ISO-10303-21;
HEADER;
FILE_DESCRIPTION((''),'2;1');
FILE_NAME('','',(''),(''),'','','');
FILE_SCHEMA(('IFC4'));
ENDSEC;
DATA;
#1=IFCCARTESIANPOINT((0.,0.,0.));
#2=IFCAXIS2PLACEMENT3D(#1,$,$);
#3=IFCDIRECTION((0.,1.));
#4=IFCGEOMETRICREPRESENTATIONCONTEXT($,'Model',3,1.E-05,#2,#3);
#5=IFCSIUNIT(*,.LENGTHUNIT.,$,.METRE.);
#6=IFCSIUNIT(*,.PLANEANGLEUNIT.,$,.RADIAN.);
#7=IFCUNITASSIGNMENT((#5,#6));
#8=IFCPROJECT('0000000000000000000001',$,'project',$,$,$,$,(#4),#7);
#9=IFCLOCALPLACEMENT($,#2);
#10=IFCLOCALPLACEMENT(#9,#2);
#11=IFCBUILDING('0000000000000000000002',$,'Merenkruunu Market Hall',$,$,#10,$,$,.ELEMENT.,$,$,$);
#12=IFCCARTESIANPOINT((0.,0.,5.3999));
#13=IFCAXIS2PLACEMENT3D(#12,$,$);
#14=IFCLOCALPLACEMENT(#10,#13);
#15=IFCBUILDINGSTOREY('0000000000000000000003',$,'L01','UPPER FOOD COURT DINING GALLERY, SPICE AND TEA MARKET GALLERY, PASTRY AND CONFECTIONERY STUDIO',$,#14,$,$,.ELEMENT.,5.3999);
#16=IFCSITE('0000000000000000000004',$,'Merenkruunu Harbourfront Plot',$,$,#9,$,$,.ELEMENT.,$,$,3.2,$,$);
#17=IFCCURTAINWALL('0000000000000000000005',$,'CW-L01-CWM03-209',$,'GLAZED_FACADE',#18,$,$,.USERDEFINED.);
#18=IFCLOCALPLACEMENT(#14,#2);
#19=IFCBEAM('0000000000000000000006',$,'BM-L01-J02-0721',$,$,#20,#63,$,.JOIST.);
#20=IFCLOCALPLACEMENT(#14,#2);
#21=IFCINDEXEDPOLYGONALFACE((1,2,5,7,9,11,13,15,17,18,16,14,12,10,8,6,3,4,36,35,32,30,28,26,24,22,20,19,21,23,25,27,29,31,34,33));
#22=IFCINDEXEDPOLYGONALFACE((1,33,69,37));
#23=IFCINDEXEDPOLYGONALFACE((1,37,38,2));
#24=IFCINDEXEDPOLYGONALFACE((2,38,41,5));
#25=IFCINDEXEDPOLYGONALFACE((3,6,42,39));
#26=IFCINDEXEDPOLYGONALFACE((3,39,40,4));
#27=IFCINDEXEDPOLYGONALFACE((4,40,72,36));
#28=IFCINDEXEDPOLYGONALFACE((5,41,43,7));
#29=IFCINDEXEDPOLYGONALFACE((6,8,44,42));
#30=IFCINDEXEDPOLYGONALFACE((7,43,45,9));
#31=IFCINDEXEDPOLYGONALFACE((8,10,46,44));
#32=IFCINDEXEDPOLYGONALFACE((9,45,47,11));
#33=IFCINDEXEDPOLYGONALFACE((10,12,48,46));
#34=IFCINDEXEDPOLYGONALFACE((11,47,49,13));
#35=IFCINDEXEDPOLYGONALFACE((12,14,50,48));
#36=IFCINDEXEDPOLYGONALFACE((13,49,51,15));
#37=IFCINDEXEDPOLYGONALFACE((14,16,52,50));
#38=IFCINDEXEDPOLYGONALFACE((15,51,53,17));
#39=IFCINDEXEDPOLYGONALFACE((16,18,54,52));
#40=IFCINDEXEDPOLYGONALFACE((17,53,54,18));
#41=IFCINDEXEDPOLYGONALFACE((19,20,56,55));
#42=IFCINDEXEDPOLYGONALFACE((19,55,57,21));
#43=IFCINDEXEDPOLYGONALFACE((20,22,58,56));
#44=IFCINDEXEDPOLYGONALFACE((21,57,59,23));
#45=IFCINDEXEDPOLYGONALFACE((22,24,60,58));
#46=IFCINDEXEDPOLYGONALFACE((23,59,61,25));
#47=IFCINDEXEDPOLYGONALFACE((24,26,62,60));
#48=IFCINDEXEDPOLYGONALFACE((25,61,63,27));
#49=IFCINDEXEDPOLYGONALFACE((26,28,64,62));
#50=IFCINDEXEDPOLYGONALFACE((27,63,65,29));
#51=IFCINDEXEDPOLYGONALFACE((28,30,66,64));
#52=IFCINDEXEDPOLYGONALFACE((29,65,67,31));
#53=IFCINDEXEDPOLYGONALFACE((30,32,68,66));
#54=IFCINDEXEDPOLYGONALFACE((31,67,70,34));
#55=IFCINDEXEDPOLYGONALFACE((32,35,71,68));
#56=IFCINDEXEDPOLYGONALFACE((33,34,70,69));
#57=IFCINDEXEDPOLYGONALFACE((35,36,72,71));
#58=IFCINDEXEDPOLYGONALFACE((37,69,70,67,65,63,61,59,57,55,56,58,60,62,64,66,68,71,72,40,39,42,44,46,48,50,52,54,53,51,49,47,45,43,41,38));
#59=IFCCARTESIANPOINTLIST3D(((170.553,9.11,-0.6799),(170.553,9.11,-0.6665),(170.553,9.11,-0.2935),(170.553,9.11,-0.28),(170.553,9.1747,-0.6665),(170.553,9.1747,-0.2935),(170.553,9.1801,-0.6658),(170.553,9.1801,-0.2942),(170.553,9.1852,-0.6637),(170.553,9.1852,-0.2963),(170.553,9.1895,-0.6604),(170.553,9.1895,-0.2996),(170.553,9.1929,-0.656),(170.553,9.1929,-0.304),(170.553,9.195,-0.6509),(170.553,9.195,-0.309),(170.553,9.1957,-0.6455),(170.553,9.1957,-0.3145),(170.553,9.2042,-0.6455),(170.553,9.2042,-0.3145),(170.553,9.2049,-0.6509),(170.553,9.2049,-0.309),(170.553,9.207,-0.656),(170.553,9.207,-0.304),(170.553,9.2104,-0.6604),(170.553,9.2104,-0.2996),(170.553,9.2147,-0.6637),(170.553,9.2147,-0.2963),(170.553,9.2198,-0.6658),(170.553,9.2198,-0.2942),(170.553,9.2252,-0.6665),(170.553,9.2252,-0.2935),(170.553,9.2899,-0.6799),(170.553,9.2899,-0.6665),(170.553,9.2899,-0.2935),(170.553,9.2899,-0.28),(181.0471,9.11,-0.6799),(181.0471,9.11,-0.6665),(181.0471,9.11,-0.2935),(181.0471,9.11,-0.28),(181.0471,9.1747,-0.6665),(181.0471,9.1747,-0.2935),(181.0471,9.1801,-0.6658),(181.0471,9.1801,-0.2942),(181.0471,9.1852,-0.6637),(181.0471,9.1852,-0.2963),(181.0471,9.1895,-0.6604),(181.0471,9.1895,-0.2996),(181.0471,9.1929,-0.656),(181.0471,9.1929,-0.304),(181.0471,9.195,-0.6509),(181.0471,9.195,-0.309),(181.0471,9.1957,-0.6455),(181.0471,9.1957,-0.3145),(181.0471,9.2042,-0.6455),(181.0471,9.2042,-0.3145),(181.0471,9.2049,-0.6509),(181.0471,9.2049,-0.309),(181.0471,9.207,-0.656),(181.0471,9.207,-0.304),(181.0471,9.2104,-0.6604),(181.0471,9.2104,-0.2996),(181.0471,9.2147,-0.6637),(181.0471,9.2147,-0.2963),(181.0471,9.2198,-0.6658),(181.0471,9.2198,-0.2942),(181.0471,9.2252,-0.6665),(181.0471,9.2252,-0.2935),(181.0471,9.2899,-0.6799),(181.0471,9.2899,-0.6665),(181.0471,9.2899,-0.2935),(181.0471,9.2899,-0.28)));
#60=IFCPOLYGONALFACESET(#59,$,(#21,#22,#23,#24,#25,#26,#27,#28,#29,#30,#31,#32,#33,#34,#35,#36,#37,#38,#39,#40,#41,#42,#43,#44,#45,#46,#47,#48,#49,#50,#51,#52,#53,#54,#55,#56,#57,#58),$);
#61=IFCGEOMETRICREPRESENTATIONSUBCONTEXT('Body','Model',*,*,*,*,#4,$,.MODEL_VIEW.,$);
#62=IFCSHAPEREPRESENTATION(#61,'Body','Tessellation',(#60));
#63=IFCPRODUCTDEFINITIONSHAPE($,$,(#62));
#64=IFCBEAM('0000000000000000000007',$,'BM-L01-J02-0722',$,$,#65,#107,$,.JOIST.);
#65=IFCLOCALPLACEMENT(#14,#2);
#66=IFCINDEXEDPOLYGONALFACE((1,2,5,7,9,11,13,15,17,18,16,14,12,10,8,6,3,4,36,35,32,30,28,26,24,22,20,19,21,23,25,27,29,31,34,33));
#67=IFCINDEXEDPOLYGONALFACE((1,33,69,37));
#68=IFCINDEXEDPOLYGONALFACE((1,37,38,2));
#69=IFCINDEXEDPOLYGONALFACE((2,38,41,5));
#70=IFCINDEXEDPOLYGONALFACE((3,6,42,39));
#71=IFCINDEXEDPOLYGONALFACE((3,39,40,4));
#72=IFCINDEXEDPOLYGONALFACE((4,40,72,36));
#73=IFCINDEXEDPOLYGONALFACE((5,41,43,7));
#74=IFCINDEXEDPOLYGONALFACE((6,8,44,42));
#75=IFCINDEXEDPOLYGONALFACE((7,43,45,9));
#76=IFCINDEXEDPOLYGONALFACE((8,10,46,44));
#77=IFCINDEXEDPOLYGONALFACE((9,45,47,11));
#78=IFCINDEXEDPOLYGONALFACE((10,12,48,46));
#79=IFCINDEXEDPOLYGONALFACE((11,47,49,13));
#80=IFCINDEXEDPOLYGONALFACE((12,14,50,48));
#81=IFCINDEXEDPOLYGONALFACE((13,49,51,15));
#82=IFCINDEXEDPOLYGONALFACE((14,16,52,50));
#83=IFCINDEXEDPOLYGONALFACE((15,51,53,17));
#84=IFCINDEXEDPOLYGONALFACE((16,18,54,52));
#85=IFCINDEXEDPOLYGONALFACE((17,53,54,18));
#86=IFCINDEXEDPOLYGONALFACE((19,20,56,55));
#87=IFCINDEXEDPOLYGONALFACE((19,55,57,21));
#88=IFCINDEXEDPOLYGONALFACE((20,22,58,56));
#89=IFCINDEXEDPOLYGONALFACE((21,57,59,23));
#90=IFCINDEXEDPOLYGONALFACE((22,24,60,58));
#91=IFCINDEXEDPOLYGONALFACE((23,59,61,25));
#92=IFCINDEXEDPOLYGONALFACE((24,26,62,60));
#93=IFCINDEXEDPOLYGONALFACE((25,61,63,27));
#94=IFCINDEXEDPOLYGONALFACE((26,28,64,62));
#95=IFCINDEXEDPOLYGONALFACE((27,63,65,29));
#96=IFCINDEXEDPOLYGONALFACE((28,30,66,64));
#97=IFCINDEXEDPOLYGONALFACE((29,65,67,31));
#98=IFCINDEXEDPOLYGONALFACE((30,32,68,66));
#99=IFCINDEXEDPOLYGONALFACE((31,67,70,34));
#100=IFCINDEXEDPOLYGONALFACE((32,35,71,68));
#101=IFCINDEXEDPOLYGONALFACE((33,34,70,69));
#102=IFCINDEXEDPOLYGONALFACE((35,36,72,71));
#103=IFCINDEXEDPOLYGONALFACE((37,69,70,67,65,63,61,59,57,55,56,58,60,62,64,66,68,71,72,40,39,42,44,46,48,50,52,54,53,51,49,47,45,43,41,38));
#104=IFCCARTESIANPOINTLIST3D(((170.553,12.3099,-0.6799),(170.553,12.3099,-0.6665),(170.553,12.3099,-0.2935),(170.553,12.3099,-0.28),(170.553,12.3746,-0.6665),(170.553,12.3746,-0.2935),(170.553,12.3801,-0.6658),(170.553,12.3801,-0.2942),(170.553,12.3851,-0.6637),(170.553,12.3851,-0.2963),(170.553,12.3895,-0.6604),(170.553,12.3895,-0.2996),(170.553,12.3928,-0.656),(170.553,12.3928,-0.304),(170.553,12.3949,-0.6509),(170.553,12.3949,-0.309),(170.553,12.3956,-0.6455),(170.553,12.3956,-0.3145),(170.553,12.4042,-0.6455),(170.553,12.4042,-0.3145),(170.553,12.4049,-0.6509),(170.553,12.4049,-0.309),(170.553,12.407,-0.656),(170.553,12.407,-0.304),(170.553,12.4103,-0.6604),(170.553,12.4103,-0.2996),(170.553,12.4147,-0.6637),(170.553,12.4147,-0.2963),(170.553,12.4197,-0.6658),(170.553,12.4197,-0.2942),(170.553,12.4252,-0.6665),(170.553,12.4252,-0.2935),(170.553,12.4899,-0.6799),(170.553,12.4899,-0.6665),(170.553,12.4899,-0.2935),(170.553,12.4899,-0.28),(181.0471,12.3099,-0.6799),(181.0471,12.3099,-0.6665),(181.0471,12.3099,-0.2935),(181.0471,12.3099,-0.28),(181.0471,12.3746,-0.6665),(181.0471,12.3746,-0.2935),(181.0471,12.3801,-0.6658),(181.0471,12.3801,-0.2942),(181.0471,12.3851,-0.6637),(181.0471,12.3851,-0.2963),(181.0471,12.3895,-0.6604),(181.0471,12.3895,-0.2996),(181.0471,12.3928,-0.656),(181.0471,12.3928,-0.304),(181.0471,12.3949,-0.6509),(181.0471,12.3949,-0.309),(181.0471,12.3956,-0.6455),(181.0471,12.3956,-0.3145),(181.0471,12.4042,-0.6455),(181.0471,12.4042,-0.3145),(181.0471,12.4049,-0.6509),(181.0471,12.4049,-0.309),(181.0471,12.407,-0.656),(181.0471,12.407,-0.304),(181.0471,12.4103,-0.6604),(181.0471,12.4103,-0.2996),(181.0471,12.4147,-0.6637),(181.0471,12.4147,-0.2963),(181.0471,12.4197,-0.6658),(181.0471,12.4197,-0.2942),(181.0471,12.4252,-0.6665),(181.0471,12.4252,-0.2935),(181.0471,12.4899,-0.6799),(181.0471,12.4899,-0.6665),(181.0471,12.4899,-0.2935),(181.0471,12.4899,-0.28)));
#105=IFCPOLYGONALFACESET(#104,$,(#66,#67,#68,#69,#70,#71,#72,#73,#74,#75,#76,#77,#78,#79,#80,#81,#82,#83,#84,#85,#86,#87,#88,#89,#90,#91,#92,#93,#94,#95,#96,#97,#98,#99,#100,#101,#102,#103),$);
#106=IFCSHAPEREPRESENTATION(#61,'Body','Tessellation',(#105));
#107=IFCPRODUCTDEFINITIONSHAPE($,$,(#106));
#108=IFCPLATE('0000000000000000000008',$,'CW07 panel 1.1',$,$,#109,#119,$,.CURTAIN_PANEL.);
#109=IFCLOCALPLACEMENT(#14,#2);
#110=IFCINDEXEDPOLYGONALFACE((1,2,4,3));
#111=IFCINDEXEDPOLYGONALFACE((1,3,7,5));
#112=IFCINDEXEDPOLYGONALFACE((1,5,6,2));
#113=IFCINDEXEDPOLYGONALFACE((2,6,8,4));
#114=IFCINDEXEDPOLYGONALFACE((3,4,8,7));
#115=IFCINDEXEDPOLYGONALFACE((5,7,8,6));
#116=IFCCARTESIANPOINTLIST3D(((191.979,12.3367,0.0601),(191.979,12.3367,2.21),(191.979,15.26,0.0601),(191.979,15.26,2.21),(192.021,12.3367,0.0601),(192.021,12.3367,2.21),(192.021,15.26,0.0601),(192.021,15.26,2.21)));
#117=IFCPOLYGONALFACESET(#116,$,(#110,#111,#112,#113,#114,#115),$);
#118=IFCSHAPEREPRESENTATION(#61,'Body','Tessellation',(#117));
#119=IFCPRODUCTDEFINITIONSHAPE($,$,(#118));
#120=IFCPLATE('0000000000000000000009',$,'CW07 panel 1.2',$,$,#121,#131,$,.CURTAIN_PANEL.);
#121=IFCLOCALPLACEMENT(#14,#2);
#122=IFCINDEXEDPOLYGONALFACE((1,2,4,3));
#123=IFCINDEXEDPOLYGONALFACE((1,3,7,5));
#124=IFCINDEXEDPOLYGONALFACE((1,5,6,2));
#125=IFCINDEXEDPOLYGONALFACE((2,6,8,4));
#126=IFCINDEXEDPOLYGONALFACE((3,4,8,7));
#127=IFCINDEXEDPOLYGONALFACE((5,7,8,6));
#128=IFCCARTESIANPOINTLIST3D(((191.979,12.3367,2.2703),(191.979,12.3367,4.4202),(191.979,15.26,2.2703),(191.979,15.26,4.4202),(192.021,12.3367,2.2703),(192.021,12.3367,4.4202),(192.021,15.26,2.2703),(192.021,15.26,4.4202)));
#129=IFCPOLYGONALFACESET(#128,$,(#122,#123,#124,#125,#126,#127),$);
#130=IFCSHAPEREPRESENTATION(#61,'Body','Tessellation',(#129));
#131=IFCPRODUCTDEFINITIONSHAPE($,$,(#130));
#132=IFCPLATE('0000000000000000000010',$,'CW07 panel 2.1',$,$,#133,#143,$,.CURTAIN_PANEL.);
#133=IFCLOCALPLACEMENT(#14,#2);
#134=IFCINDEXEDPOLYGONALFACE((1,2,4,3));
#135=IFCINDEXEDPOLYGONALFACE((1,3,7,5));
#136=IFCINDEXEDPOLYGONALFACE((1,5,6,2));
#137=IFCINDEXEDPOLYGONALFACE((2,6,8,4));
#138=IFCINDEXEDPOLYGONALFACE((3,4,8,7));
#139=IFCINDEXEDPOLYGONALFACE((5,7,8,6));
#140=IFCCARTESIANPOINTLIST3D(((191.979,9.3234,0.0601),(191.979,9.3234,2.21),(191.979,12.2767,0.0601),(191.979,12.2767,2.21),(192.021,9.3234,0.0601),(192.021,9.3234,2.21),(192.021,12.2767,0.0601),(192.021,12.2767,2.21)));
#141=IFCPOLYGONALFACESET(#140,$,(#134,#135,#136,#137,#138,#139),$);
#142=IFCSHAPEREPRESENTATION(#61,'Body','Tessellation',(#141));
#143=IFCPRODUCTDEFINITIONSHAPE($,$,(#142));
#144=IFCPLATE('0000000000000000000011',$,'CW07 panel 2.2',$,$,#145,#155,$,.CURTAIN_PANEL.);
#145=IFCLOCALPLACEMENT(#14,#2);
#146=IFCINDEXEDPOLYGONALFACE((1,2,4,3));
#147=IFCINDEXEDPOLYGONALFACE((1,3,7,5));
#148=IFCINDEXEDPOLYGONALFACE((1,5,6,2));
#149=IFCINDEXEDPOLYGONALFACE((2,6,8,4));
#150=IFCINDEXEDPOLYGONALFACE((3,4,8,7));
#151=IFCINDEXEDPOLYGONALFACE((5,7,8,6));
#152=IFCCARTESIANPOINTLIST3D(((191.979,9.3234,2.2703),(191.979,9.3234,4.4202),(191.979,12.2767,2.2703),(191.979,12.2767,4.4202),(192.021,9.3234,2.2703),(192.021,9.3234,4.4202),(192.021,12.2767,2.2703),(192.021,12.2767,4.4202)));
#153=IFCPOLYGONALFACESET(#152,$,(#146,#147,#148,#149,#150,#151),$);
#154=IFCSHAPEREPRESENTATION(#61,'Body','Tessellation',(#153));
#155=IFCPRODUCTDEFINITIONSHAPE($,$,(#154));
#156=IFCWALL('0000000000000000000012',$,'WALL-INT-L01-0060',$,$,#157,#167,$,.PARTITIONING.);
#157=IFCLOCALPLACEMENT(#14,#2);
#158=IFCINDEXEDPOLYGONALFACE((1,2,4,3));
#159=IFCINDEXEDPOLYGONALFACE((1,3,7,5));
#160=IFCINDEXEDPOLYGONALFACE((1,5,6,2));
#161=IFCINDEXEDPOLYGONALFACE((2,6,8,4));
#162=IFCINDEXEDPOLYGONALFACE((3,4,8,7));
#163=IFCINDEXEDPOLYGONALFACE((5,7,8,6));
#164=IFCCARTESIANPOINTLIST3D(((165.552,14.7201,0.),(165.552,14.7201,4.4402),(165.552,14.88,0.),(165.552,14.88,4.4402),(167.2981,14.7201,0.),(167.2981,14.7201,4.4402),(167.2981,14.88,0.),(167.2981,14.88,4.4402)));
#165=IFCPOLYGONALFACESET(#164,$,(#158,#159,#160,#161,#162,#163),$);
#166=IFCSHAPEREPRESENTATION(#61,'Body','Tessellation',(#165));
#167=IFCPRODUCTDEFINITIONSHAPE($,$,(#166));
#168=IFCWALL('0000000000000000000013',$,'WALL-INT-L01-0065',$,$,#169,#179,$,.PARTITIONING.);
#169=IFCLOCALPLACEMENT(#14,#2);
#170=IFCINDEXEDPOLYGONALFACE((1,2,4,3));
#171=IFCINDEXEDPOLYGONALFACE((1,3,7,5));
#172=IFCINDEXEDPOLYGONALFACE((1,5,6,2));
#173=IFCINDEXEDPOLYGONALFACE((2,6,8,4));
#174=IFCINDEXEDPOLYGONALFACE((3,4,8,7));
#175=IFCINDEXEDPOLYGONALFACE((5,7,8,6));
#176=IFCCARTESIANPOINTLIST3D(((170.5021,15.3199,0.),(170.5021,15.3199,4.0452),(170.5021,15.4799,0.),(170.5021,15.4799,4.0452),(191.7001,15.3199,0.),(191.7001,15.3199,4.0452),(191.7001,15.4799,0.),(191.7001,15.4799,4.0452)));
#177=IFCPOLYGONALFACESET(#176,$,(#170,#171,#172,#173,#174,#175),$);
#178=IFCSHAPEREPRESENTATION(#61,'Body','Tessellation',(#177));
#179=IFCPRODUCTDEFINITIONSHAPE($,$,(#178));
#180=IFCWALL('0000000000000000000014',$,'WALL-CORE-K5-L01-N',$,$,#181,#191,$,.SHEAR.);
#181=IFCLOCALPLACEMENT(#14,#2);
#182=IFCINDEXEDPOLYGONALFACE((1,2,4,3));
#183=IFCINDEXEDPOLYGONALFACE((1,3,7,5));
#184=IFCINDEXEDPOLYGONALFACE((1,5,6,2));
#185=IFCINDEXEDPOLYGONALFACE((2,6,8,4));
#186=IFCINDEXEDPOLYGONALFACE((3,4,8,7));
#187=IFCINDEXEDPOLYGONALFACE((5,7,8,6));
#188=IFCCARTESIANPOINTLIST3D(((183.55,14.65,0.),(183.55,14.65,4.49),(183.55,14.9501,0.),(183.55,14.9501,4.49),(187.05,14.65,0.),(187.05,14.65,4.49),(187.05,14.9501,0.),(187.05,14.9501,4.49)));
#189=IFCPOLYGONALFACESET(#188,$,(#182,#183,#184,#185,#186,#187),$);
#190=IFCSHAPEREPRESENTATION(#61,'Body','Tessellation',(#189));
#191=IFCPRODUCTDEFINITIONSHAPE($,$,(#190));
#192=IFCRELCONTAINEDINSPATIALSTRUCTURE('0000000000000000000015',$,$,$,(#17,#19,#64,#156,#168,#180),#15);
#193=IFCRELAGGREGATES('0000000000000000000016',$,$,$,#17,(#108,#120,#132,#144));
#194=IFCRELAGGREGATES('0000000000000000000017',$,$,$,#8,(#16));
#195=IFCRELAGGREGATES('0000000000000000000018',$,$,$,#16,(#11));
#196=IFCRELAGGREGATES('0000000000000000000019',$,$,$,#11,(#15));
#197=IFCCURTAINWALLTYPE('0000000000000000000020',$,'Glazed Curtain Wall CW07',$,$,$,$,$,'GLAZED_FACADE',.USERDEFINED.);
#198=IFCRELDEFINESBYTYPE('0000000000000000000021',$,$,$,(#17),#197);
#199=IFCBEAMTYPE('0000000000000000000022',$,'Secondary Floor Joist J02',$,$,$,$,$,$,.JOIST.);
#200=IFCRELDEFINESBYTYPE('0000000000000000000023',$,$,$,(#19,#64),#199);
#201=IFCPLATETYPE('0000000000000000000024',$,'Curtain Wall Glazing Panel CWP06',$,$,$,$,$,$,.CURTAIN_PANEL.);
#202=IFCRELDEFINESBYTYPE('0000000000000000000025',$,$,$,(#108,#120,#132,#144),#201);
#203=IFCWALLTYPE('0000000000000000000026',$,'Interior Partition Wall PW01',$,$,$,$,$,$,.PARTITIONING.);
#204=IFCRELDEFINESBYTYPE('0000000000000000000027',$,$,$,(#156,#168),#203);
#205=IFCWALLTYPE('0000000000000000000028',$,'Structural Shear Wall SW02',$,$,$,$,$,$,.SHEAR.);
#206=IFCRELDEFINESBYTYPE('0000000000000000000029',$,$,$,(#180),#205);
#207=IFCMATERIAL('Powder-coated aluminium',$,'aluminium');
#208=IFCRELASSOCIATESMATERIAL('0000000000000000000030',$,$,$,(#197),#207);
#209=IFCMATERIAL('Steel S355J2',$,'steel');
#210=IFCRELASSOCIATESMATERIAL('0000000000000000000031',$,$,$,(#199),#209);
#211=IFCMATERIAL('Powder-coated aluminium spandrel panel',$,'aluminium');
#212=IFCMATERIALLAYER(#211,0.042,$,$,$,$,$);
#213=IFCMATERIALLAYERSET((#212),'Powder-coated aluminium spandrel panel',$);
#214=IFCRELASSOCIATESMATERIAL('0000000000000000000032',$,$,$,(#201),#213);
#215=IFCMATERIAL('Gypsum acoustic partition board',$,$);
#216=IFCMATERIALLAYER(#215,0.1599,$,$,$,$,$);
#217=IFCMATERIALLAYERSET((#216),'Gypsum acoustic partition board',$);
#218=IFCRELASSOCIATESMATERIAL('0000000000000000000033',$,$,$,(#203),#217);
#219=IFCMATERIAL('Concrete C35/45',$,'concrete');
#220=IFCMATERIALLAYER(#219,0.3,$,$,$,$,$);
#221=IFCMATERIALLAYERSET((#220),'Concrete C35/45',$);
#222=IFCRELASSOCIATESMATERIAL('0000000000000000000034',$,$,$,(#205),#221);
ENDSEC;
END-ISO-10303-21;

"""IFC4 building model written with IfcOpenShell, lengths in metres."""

from ifc_helpers import new_model, si_unit, direction, frame, frame_2d, origin, origin_2d, place, context, subcontext, project, spatial, rectangle, i_section, extrude, material, layer, layer_set, material_profile, profile_set, type_object, element, aggregate, save


model = new_model("IFC4")

# Units and contexts
model_context = context("Model", 3, precision=1e-05, world=origin(), true_north=direction((0.0, 1.0)))
body_context = subcontext(model_context, "Body", "Model", "MODEL_VIEW")
ifc_project = project(units=[si_unit("LENGTHUNIT", "METRE"), si_unit("PLANEANGLEUNIT", "RADIAN")], contexts=[model_context])

# Site, building, storey
site_placement = place(None, origin())
site = spatial("IfcSite", under=ifc_project, at=site_placement, Name="Merenkruunu Harbourfront Plot", CompositionType="ELEMENT", RefElevation=3.2)
building_placement = place(site_placement, origin())
building = spatial("IfcBuilding", under=site, at=building_placement, Name="Merenkruunu Market Hall", CompositionType="ELEMENT")
storey_placement = place(building_placement, frame((0.0, 0.0, 5.3999)))
storey = spatial("IfcBuildingStorey", under=building, at=storey_placement, Name="L01", Description="UPPER FOOD COURT DINING GALLERY, SPICE AND TEA MARKET GALLERY, PASTRY AND CONFECTIONERY STUDIO", CompositionType="ELEMENT", Elevation=5.3999)

# Shared definitions
ifc_material_1 = material(Name="Steel S355J2", Category="steel")

# Curtain wall
ifc_material_2 = material(Name="Powder-coated aluminium", Category="aluminium")
curtain_wall_type = type_object("IfcCurtainWallType", Name="Glazed Curtain Wall CW07", ElementType="GLAZED_FACADE", PredefinedType="USERDEFINED", material=ifc_material_2)
curtain_wall_placement = place(storey_placement, origin())
curtain_wall = element("IfcCurtainWall", 1, at=curtain_wall_placement, inside=storey, type_object=curtain_wall_type, Name="CW-L01-CWM03-209", ObjectType="GLAZED_FACADE", PredefinedType="USERDEFINED")

# Beams
ifc_material_profile_1 = material_profile(ifc_material_1, i_section(OverallWidth=0.1799, OverallDepth=0.3999, WebThickness=0.0085, FlangeThickness=0.0134, FilletRadius=0.021, at=origin_2d()), Name="IPE 400")
ifc_profile_set_1 = profile_set([ifc_material_profile_1], Name="Steel S355J2")
beam_type_1 = type_object("IfcBeamType", Name="Secondary Floor Joist J02", PredefinedType="JOIST", material=ifc_profile_set_1)
for number, where, z_axis, x_axis, name in (
    (2, (170.553, 9.2, -0.48), (1.0, 0.0, 0.0), (0.0, 1.0, 0.0), "BM-L01-J02-0721"),
    (3, (170.553, 12.3999, -0.48), (1.0, 0.0, 0.0), (0.0, 1.0, 0.0), "BM-L01-J02-0722"),
):
    element("IfcBeam", number, at=place(storey_placement, frame(where, z_axis=z_axis, x_axis=x_axis)), inside=storey, type_object=beam_type_1, Name=name, PredefinedType="JOIST", context=body_context, shape_type="SweptSolid", body=[
        extrude(i_section(OverallWidth=0.1799, OverallDepth=0.3999, WebThickness=0.0085, FlangeThickness=0.0134, FilletRadius=0.021, at=origin_2d()), origin(), (0.0, 0.0, 1.0), 10.4941),
    ])

# Plates
ifc_material_3 = material(Name="Powder-coated aluminium spandrel panel", Category="aluminium")
ifc_layer_1 = layer(ifc_material_3, 0.042)
ifc_layer_set_1 = layer_set([ifc_layer_1], Name="Powder-coated aluminium spandrel panel")
plate_type = type_object("IfcPlateType", Name="Curtain Wall Glazing Panel CWP06", PredefinedType="CURTAIN_PANEL", material=ifc_layer_set_1)
plate_1_placement = place(storey_placement, frame((192.0, 13.7983, 0.0601), z_axis=(0.0, 0.0, 1.0), x_axis=(0.0, -1.0, 0.0)))
plate_1 = element("IfcPlate", 4, at=plate_1_placement, type_object=plate_type, Name="CW07 panel 1.1", PredefinedType="CURTAIN_PANEL", context=body_context, shape_type="SweptSolid", body=[
    extrude(rectangle(XDim=2.9233, YDim=0.042, at=origin_2d()), origin(), (0.0, 0.0, 1.0), 2.1499),
])
plate_2_placement = place(storey_placement, frame((192.0, 13.7983, 2.2703), z_axis=(0.0, 0.0, 1.0), x_axis=(0.0, -1.0, 0.0)))
plate_2 = element("IfcPlate", 5, at=plate_2_placement, type_object=plate_type, Name="CW07 panel 1.2", PredefinedType="CURTAIN_PANEL", context=body_context, shape_type="SweptSolid", body=[
    extrude(rectangle(XDim=2.9233, YDim=0.042, at=origin_2d()), origin(), (0.0, 0.0, 1.0), 2.1499),
])
plate_3_placement = place(storey_placement, frame((192.0, 10.8, 0.0601), z_axis=(0.0, 0.0, 1.0), x_axis=(0.0, -1.0, 0.0)))
plate_3 = element("IfcPlate", 6, at=plate_3_placement, type_object=plate_type, Name="CW07 panel 2.1", PredefinedType="CURTAIN_PANEL", context=body_context, shape_type="SweptSolid", body=[
    extrude(rectangle(XDim=2.9534, YDim=0.042, at=origin_2d()), origin(), (0.0, 0.0, 1.0), 2.1499),
])
plate_4_placement = place(storey_placement, frame((192.0, 10.8, 2.2703), z_axis=(0.0, 0.0, 1.0), x_axis=(0.0, -1.0, 0.0)))
plate_4 = element("IfcPlate", 7, at=plate_4_placement, type_object=plate_type, Name="CW07 panel 2.2", PredefinedType="CURTAIN_PANEL", context=body_context, shape_type="SweptSolid", body=[
    extrude(rectangle(XDim=2.9534, YDim=0.042, at=origin_2d()), origin(), (0.0, 0.0, 1.0), 2.1499),
])
aggregate(curtain_wall, [plate_1, plate_2, plate_3, plate_4])

# Walls
ifc_material_4 = material(Name="Gypsum acoustic partition board")
ifc_layer_2 = layer(ifc_material_4, 0.1599)
ifc_layer_set_2 = layer_set([ifc_layer_2], Name="Gypsum acoustic partition board")
wall_type_1 = type_object("IfcWallType", Name="Interior Partition Wall PW01", PredefinedType="PARTITIONING", material=ifc_layer_set_2)
wall_1_placement = place(storey_placement, frame((165.552, 14.8, 0.0), z_axis=(0.0, 0.0, 1.0), x_axis=(1.0, 0.0, 0.0)))
element("IfcWall", 8, at=wall_1_placement, inside=storey, type_object=wall_type_1, Name="WALL-INT-L01-0060", PredefinedType="PARTITIONING", context=body_context, shape_type="SweptSolid", body=[
    extrude(rectangle(XDim=1.7461, YDim=0.1599, at=frame_2d((0.873, 0.0))), origin(), (0.0, 0.0, 1.0), 4.4402),
])
wall_2_placement = place(storey_placement, frame((170.502, 15.3999, 0.0), z_axis=(0.0, 0.0, 1.0), x_axis=(1.0, 0.0, 0.0)))
element("IfcWall", 9, at=wall_2_placement, inside=storey, type_object=wall_type_1, Name="WALL-INT-L01-0065", PredefinedType="PARTITIONING", context=body_context, shape_type="SweptSolid", body=[
    extrude(rectangle(XDim=21.198, YDim=0.1599, at=frame_2d((10.5991, 0.0))), origin(), (0.0, 0.0, 1.0), 4.0452),
])
ifc_material_5 = material(Name="Concrete C35/45", Category="concrete")
ifc_layer_3 = layer(ifc_material_5, 0.3)
ifc_layer_set_3 = layer_set([ifc_layer_3], Name="Concrete C35/45")
wall_type_2 = type_object("IfcWallType", Name="Structural Shear Wall SW02", PredefinedType="SHEAR", material=ifc_layer_set_3)
wall_3_placement = place(storey_placement, frame((187.05, 14.8, 0.0), z_axis=(0.0, 0.0, 1.0), x_axis=(-1.0, 0.0, 0.0)))
element("IfcWall", 10, at=wall_3_placement, inside=storey, type_object=wall_type_2, Name="WALL-CORE-K5-L01-N", PredefinedType="SHEAR", context=body_context, shape_type="SweptSolid", body=[
    extrude(rectangle(XDim=3.5, YDim=0.3, at=frame_2d((1.75, 0.0))), origin(), (0.0, 0.0, 1.0), 4.49),
])

save(model, "model.ifc")
